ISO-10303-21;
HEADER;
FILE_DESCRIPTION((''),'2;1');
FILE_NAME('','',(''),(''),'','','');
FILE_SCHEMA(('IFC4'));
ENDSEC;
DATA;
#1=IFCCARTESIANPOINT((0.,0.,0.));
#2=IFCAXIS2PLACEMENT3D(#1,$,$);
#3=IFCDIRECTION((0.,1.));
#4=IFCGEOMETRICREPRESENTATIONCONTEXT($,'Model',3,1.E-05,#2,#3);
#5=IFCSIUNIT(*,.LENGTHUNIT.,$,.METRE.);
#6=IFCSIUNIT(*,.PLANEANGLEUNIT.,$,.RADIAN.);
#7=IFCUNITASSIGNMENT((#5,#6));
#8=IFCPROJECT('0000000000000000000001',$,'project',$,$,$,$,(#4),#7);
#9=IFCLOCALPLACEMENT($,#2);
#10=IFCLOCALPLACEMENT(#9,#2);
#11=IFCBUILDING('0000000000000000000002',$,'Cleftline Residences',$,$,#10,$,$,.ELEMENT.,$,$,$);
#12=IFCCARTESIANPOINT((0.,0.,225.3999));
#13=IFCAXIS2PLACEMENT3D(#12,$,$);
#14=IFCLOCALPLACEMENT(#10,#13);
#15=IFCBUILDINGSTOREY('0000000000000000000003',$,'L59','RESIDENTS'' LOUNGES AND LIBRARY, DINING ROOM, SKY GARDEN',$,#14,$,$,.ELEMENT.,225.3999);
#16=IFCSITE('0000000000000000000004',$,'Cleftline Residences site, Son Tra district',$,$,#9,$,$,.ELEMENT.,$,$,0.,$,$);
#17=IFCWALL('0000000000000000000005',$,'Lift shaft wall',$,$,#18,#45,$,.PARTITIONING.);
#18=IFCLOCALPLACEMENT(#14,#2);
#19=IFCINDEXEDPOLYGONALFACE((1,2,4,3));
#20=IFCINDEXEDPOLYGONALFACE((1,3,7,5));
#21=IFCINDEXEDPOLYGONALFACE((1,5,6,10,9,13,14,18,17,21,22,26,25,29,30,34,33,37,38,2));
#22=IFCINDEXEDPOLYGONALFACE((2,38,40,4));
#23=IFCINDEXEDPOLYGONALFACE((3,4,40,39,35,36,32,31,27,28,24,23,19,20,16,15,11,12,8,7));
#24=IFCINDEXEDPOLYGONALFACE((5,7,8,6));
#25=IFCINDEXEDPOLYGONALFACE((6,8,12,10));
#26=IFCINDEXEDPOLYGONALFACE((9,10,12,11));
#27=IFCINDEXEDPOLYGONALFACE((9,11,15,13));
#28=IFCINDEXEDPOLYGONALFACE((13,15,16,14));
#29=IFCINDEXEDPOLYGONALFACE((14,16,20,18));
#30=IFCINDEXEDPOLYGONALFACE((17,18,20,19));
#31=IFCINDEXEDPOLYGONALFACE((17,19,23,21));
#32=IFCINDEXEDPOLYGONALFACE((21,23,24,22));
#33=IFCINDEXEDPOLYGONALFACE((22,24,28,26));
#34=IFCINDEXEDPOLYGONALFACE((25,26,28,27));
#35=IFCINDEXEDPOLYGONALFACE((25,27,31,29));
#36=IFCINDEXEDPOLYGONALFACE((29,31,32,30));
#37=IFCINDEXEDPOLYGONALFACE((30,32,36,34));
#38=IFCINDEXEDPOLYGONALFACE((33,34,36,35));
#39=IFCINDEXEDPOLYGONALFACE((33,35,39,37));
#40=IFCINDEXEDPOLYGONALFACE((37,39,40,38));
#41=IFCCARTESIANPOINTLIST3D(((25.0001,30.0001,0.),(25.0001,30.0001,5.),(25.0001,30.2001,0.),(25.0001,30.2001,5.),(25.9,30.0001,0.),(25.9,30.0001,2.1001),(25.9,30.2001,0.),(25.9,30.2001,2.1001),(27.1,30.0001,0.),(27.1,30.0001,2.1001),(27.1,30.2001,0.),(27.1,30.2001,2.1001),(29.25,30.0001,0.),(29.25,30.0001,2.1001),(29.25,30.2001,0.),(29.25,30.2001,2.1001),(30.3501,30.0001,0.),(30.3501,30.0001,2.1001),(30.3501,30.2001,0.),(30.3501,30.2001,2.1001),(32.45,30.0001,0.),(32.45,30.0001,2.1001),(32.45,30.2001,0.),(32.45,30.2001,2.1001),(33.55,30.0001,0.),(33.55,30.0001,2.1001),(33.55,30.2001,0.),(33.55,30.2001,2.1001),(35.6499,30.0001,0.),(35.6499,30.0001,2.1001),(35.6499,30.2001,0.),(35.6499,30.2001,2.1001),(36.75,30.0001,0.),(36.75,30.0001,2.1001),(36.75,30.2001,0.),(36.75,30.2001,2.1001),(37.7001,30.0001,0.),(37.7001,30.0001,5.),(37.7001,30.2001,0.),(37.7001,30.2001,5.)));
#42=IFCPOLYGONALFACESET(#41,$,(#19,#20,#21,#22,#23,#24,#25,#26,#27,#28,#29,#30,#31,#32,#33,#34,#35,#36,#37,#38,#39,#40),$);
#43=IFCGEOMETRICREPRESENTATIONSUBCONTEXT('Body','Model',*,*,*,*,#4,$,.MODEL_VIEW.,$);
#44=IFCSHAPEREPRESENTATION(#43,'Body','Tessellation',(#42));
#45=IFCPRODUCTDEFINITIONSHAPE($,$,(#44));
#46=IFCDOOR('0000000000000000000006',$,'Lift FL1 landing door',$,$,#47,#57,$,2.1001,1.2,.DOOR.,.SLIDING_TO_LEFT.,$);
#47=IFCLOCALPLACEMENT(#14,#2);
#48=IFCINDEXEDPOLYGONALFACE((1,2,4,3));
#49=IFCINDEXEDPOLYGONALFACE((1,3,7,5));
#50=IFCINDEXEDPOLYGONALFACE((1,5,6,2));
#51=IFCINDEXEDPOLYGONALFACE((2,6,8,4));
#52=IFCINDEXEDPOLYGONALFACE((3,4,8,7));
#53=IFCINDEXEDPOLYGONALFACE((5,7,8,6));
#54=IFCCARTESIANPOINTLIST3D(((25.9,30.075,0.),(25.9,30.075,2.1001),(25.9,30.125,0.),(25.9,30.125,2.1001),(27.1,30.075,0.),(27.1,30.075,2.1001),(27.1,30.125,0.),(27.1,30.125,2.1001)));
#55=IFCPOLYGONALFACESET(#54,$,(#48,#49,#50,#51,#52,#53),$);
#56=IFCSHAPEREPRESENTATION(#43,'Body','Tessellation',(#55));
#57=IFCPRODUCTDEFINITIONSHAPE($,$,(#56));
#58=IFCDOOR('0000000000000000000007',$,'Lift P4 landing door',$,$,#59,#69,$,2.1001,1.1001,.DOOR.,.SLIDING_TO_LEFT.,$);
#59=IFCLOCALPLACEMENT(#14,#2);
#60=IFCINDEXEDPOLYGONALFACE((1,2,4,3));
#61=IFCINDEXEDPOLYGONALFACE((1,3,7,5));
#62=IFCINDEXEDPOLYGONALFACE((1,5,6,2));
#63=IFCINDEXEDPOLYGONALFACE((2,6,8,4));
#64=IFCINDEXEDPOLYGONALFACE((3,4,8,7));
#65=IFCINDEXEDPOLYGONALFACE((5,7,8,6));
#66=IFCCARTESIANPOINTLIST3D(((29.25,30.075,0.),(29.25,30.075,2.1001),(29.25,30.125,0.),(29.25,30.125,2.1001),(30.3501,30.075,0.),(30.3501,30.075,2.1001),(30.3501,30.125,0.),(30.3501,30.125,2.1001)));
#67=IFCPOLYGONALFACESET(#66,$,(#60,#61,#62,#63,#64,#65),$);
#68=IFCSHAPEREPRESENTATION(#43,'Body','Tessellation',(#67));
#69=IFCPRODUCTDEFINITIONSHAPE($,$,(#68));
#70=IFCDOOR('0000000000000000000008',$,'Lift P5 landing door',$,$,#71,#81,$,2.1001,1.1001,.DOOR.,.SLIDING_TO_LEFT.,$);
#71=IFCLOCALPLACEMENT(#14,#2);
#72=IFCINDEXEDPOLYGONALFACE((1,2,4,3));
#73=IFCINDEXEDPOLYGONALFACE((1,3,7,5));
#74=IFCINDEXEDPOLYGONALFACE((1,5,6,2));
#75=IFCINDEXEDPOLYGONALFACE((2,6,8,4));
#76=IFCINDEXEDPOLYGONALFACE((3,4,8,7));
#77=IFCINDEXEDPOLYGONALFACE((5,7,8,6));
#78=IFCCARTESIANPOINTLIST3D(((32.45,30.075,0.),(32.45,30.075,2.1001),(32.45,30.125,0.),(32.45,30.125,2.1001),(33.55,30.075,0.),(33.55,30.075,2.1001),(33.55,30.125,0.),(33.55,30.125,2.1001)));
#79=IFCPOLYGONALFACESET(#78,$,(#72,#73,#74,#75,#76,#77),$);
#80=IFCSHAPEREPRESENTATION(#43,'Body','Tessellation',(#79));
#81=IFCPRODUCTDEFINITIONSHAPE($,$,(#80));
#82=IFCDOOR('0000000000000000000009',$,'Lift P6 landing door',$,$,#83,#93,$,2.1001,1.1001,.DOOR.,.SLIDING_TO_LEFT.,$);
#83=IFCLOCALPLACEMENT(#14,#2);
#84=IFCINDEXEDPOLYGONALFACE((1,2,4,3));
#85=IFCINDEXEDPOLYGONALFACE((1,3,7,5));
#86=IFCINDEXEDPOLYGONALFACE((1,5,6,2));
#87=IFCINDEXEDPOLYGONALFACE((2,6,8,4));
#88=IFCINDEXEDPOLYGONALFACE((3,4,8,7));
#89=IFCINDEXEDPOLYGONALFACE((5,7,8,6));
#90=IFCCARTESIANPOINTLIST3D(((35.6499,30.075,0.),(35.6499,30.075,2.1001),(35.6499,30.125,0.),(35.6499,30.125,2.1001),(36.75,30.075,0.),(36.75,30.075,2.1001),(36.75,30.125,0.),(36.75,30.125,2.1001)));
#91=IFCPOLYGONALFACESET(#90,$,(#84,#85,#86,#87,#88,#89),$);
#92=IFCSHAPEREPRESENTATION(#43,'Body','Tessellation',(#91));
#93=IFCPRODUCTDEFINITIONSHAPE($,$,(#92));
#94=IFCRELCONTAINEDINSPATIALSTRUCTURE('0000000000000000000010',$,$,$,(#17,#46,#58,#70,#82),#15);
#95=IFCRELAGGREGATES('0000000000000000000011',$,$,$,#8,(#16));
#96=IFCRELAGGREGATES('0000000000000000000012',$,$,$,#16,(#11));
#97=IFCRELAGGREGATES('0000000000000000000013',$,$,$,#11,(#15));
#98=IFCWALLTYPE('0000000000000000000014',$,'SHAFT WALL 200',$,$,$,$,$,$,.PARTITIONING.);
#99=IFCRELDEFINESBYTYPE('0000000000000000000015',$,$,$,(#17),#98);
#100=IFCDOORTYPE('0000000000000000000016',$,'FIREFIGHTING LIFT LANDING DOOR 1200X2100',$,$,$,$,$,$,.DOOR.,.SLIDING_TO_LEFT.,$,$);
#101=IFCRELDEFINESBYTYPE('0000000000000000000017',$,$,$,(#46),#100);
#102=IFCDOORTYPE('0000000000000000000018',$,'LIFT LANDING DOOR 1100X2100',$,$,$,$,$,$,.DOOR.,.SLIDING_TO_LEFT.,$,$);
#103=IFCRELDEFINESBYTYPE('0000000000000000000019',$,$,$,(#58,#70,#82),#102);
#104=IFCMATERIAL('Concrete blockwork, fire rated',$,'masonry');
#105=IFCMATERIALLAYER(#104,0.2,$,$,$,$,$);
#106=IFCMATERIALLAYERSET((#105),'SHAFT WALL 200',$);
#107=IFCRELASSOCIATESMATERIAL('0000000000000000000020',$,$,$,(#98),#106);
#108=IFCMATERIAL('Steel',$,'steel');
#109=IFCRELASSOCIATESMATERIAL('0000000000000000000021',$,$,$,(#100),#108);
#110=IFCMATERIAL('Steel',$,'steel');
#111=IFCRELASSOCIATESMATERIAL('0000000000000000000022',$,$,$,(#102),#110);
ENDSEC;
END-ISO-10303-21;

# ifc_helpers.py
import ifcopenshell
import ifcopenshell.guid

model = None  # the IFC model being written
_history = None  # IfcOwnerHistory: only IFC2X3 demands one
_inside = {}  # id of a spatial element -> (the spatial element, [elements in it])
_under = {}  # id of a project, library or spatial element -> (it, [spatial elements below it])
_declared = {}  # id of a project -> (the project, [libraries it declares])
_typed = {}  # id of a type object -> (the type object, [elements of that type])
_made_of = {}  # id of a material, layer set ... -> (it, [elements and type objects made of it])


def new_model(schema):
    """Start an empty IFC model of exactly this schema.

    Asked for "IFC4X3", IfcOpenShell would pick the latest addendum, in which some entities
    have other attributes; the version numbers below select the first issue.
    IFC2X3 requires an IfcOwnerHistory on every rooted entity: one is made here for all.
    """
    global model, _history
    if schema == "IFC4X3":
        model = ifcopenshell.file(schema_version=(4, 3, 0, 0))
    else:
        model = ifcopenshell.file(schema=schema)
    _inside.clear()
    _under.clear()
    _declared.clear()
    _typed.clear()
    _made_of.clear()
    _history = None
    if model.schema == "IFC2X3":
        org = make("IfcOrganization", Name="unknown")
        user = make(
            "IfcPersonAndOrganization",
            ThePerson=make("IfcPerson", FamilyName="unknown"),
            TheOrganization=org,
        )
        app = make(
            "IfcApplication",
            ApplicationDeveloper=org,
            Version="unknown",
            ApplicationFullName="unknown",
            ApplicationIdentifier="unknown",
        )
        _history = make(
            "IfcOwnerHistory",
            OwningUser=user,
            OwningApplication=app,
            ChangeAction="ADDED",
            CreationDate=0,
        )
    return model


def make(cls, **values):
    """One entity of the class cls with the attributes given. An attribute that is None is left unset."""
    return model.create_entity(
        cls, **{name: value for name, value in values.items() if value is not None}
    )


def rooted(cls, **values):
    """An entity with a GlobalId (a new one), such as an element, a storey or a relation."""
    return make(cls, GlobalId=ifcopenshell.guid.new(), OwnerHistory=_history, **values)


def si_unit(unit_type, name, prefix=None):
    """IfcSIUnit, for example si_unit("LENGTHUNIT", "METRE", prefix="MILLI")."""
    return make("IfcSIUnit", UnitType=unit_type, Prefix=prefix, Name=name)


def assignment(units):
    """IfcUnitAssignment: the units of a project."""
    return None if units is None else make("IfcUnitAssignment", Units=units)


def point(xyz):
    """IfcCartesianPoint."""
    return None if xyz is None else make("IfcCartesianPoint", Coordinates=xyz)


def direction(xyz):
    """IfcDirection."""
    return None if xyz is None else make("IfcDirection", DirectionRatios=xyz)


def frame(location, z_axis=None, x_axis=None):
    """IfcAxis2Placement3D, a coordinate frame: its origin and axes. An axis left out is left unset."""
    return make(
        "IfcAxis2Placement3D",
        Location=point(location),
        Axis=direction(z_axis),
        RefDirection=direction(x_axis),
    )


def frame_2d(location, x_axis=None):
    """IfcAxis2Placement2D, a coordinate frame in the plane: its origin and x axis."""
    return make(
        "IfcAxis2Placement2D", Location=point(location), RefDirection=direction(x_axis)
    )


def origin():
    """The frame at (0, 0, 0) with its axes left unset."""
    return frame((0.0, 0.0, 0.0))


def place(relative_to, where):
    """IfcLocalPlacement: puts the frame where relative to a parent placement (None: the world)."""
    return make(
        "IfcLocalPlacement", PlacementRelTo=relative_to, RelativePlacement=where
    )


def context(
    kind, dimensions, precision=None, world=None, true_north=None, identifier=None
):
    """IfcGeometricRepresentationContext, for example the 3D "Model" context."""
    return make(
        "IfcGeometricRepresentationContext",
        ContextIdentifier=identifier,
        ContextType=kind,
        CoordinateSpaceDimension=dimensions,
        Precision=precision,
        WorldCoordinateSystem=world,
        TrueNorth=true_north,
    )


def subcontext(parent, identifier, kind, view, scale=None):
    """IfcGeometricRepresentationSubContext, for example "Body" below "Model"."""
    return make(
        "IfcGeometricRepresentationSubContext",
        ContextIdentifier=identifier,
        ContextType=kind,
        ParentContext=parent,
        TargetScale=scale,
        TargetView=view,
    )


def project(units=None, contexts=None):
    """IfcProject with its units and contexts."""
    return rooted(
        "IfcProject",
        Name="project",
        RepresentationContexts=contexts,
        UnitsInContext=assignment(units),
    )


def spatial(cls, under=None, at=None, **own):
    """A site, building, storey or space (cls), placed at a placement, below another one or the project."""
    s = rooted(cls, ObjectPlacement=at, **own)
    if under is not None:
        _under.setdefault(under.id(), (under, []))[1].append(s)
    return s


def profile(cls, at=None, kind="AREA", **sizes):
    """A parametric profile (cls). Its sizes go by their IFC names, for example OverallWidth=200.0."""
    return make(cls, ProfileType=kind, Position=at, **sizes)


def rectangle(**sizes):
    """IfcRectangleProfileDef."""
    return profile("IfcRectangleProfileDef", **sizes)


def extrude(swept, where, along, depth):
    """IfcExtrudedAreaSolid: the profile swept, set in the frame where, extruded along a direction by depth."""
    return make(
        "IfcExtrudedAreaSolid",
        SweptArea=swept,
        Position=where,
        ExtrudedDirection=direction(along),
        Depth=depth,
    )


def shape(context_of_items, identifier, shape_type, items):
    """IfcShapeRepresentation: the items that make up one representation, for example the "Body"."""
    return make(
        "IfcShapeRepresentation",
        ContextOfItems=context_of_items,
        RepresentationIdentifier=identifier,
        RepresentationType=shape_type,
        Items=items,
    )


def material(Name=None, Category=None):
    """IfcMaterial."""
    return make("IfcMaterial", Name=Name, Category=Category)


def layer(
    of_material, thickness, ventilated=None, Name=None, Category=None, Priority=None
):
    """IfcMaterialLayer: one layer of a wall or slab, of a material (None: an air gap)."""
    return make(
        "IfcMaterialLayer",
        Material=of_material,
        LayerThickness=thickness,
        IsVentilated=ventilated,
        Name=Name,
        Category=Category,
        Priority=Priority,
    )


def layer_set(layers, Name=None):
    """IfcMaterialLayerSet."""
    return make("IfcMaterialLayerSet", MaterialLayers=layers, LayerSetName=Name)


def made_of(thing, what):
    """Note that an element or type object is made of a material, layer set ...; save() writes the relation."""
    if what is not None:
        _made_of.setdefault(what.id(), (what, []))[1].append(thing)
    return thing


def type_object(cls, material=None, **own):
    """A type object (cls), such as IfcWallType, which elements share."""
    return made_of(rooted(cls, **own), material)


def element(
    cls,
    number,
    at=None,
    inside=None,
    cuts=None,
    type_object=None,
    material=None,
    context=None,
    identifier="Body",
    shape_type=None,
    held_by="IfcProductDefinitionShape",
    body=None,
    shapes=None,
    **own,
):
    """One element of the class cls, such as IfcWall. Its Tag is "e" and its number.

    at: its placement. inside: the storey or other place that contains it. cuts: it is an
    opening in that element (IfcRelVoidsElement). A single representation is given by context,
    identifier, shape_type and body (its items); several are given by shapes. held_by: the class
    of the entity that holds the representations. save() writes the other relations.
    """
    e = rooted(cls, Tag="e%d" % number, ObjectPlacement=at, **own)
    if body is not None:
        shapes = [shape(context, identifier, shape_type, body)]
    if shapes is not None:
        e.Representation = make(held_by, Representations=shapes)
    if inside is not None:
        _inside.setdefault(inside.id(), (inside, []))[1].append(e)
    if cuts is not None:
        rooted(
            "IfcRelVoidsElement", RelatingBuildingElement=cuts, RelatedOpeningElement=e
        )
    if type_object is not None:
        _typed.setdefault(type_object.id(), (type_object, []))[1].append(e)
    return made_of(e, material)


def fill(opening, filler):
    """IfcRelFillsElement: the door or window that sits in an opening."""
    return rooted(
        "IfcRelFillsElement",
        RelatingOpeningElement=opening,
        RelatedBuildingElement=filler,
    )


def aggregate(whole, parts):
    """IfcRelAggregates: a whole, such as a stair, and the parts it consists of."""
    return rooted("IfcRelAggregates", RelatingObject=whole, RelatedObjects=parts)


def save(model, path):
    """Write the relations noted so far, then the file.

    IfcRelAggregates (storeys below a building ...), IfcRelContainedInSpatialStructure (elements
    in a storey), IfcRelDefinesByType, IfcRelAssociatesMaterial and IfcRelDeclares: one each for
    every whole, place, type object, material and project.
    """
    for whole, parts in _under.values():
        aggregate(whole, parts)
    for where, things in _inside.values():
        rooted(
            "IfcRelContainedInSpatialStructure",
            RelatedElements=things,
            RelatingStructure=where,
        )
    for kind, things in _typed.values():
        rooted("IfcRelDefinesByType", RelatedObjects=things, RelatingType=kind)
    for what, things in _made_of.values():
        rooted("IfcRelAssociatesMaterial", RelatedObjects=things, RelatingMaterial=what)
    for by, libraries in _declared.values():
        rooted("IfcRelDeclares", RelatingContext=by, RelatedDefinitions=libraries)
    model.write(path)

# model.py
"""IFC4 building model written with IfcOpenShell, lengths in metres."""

from ifc_helpers import new_model, si_unit, direction, frame, frame_2d, origin, place, context, subcontext, project, spatial, rectangle, extrude, material, layer, layer_set, type_object, element, fill, save


model = new_model("IFC4")

# Units and contexts
model_context = context("Model", 3, precision=1e-05, world=origin(), true_north=direction((0.0, 1.0)))
body_context = subcontext(model_context, "Body", "Model", "MODEL_VIEW")
ifc_project = project(units=[si_unit("LENGTHUNIT", "METRE"), si_unit("PLANEANGLEUNIT", "RADIAN")], contexts=[model_context])

# Site, building, storey
site_placement = place(None, origin())
site = spatial("IfcSite", under=ifc_project, at=site_placement, Name="Cleftline Residences site, Son Tra district", CompositionType="ELEMENT", RefElevation=0.0)
building_placement = place(site_placement, origin())
building = spatial("IfcBuilding", under=site, at=building_placement, Name="Cleftline Residences", CompositionType="ELEMENT")
storey_placement = place(building_placement, frame((0.0, 0.0, 225.3999)))
storey = spatial("IfcBuildingStorey", under=building, at=storey_placement, Name="L59", Description="RESIDENTS' LOUNGES AND LIBRARY, DINING ROOM, SKY GARDEN", CompositionType="ELEMENT", Elevation=225.3999)

# Wall, openings, doors
ifc_material_1 = material(Name="Concrete blockwork, fire rated", Category="masonry")
ifc_layer_1 = layer(ifc_material_1, 0.2)
ifc_layer_set_1 = layer_set([ifc_layer_1], Name="SHAFT WALL 200")
wall_type_1 = type_object("IfcWallType", Name="SHAFT WALL 200", PredefinedType="PARTITIONING", material=ifc_layer_set_1)
wall_1_placement = place(storey_placement, frame((25.0, 30.1001, 0.0), z_axis=(0.0, 0.0, 1.0), x_axis=(1.0, 0.0, 0.0)))
wall_1 = element("IfcWall", 1, at=wall_1_placement, inside=storey, type_object=wall_type_1, Name="Lift shaft wall", PredefinedType="PARTITIONING", context=body_context, shape_type="SweptSolid", body=[
    extrude(rectangle(XDim=12.7, YDim=0.2, at=frame_2d((6.3501, 0.0))), origin(), (0.0, 0.0, 1.0), 5.0),
])
opening_1_placement = place(wall_1_placement, frame((4.25, 0.0, 0.0)))
opening_1 = element("IfcOpeningElement", 2, at=opening_1_placement, cuts=wall_1, PredefinedType="OPENING", context=body_context, shape_type="SweptSolid", body=[
    extrude(rectangle(XDim=1.1001, YDim=2.1001, at=frame_2d((0.55, 1.05))), frame((0.0, 0.1099, 0.0), z_axis=(0.0, -1.0, 0.0), x_axis=(1.0, 0.0, 0.0)), (0.0, 0.0, 1.0), 0.22),
])
opening_2_placement = place(wall_1_placement, frame((7.45, 0.0, 0.0)))
opening_2 = element("IfcOpeningElement", 3, at=opening_2_placement, cuts=wall_1, PredefinedType="OPENING", context=body_context, shape_type="SweptSolid", body=[
    extrude(rectangle(XDim=1.1001, YDim=2.1001, at=frame_2d((0.55, 1.05))), frame((0.0, 0.1099, 0.0), z_axis=(0.0, -1.0, 0.0), x_axis=(1.0, 0.0, 0.0)), (0.0, 0.0, 1.0), 0.22),
])
opening_3_placement = place(wall_1_placement, frame((10.6499, 0.0, 0.0)))
opening_3 = element("IfcOpeningElement", 4, at=opening_3_placement, cuts=wall_1, PredefinedType="OPENING", context=body_context, shape_type="SweptSolid", body=[
    extrude(rectangle(XDim=1.1001, YDim=2.1001, at=frame_2d((0.55, 1.05))), frame((0.0, 0.1099, 0.0), z_axis=(0.0, -1.0, 0.0), x_axis=(1.0, 0.0, 0.0)), (0.0, 0.0, 1.0), 0.22),
])
opening_4_placement = place(wall_1_placement, frame((0.8999, 0.0, 0.0)))
opening_4 = element("IfcOpeningElement", 5, at=opening_4_placement, cuts=wall_1, PredefinedType="OPENING", context=body_context, shape_type="SweptSolid", body=[
    extrude(rectangle(XDim=1.2, YDim=2.1001, at=frame_2d((0.6001, 1.05))), frame((0.0, 0.1099, 0.0), z_axis=(0.0, -1.0, 0.0), x_axis=(1.0, 0.0, 0.0)), (0.0, 0.0, 1.0), 0.22),
])
ifc_material_2 = material(Name="Steel", Category="steel")
door_type_1 = type_object("IfcDoorType", Name="FIREFIGHTING LIFT LANDING DOOR 1200X2100", OperationType="SLIDING_TO_LEFT", PredefinedType="DOOR", material=ifc_material_2)
door_1_placement = place(opening_4_placement, origin())
door_1 = element("IfcDoor", 6, at=door_1_placement, inside=storey, type_object=door_type_1, Name="Lift FL1 landing door", OperationType="SLIDING_TO_LEFT", OverallHeight=2.1001, OverallWidth=1.2, PredefinedType="DOOR", context=body_context, shape_type="SweptSolid", body=[
    extrude(rectangle(XDim=1.2, YDim=2.1001, at=frame_2d((0.6001, 1.05))), frame((0.0, 0.0249, 0.0), z_axis=(0.0, -1.0, 0.0), x_axis=(1.0, 0.0, 0.0)), (0.0, 0.0, 1.0), 0.05),
])
fill(opening_4, door_1)
ifc_material_3 = material(Name="Steel", Category="steel")
door_type_2 = type_object("IfcDoorType", Name="LIFT LANDING DOOR 1100X2100", OperationType="SLIDING_TO_LEFT", PredefinedType="DOOR", material=ifc_material_3)
door_2_placement = place(opening_1_placement, origin())
door_2 = element("IfcDoor", 7, at=door_2_placement, inside=storey, type_object=door_type_2, Name="Lift P4 landing door", OperationType="SLIDING_TO_LEFT", OverallHeight=2.1001, OverallWidth=1.1001, PredefinedType="DOOR", context=body_context, shape_type="SweptSolid", body=[
    extrude(rectangle(XDim=1.1001, YDim=2.1001, at=frame_2d((0.55, 1.05))), frame((0.0, 0.0249, 0.0), z_axis=(0.0, -1.0, 0.0), x_axis=(1.0, 0.0, 0.0)), (0.0, 0.0, 1.0), 0.05),
])
fill(opening_1, door_2)
door_3_placement = place(opening_2_placement, origin())
door_3 = element("IfcDoor", 8, at=door_3_placement, inside=storey, type_object=door_type_2, Name="Lift P5 landing door", OperationType="SLIDING_TO_LEFT", OverallHeight=2.1001, OverallWidth=1.1001, PredefinedType="DOOR", context=body_context, shape_type="SweptSolid", body=[
    extrude(rectangle(XDim=1.1001, YDim=2.1001, at=frame_2d((0.55, 1.05))), frame((0.0, 0.0249, 0.0), z_axis=(0.0, -1.0, 0.0), x_axis=(1.0, 0.0, 0.0)), (0.0, 0.0, 1.0), 0.05),
])
fill(opening_2, door_3)
door_4_placement = place(opening_3_placement, origin())
door_4 = element("IfcDoor", 9, at=door_4_placement, inside=storey, type_object=door_type_2, Name="Lift P6 landing door", OperationType="SLIDING_TO_LEFT", OverallHeight=2.1001, OverallWidth=1.1001, PredefinedType="DOOR", context=body_context, shape_type="SweptSolid", body=[
    extrude(rectangle(XDim=1.1001, YDim=2.1001, at=frame_2d((0.55, 1.05))), frame((0.0, 0.0249, 0.0), z_axis=(0.0, -1.0, 0.0), x_axis=(1.0, 0.0, 0.0)), (0.0, 0.0, 1.0), 0.05),
])
fill(opening_3, door_4)

save(model, "model.ifc")
